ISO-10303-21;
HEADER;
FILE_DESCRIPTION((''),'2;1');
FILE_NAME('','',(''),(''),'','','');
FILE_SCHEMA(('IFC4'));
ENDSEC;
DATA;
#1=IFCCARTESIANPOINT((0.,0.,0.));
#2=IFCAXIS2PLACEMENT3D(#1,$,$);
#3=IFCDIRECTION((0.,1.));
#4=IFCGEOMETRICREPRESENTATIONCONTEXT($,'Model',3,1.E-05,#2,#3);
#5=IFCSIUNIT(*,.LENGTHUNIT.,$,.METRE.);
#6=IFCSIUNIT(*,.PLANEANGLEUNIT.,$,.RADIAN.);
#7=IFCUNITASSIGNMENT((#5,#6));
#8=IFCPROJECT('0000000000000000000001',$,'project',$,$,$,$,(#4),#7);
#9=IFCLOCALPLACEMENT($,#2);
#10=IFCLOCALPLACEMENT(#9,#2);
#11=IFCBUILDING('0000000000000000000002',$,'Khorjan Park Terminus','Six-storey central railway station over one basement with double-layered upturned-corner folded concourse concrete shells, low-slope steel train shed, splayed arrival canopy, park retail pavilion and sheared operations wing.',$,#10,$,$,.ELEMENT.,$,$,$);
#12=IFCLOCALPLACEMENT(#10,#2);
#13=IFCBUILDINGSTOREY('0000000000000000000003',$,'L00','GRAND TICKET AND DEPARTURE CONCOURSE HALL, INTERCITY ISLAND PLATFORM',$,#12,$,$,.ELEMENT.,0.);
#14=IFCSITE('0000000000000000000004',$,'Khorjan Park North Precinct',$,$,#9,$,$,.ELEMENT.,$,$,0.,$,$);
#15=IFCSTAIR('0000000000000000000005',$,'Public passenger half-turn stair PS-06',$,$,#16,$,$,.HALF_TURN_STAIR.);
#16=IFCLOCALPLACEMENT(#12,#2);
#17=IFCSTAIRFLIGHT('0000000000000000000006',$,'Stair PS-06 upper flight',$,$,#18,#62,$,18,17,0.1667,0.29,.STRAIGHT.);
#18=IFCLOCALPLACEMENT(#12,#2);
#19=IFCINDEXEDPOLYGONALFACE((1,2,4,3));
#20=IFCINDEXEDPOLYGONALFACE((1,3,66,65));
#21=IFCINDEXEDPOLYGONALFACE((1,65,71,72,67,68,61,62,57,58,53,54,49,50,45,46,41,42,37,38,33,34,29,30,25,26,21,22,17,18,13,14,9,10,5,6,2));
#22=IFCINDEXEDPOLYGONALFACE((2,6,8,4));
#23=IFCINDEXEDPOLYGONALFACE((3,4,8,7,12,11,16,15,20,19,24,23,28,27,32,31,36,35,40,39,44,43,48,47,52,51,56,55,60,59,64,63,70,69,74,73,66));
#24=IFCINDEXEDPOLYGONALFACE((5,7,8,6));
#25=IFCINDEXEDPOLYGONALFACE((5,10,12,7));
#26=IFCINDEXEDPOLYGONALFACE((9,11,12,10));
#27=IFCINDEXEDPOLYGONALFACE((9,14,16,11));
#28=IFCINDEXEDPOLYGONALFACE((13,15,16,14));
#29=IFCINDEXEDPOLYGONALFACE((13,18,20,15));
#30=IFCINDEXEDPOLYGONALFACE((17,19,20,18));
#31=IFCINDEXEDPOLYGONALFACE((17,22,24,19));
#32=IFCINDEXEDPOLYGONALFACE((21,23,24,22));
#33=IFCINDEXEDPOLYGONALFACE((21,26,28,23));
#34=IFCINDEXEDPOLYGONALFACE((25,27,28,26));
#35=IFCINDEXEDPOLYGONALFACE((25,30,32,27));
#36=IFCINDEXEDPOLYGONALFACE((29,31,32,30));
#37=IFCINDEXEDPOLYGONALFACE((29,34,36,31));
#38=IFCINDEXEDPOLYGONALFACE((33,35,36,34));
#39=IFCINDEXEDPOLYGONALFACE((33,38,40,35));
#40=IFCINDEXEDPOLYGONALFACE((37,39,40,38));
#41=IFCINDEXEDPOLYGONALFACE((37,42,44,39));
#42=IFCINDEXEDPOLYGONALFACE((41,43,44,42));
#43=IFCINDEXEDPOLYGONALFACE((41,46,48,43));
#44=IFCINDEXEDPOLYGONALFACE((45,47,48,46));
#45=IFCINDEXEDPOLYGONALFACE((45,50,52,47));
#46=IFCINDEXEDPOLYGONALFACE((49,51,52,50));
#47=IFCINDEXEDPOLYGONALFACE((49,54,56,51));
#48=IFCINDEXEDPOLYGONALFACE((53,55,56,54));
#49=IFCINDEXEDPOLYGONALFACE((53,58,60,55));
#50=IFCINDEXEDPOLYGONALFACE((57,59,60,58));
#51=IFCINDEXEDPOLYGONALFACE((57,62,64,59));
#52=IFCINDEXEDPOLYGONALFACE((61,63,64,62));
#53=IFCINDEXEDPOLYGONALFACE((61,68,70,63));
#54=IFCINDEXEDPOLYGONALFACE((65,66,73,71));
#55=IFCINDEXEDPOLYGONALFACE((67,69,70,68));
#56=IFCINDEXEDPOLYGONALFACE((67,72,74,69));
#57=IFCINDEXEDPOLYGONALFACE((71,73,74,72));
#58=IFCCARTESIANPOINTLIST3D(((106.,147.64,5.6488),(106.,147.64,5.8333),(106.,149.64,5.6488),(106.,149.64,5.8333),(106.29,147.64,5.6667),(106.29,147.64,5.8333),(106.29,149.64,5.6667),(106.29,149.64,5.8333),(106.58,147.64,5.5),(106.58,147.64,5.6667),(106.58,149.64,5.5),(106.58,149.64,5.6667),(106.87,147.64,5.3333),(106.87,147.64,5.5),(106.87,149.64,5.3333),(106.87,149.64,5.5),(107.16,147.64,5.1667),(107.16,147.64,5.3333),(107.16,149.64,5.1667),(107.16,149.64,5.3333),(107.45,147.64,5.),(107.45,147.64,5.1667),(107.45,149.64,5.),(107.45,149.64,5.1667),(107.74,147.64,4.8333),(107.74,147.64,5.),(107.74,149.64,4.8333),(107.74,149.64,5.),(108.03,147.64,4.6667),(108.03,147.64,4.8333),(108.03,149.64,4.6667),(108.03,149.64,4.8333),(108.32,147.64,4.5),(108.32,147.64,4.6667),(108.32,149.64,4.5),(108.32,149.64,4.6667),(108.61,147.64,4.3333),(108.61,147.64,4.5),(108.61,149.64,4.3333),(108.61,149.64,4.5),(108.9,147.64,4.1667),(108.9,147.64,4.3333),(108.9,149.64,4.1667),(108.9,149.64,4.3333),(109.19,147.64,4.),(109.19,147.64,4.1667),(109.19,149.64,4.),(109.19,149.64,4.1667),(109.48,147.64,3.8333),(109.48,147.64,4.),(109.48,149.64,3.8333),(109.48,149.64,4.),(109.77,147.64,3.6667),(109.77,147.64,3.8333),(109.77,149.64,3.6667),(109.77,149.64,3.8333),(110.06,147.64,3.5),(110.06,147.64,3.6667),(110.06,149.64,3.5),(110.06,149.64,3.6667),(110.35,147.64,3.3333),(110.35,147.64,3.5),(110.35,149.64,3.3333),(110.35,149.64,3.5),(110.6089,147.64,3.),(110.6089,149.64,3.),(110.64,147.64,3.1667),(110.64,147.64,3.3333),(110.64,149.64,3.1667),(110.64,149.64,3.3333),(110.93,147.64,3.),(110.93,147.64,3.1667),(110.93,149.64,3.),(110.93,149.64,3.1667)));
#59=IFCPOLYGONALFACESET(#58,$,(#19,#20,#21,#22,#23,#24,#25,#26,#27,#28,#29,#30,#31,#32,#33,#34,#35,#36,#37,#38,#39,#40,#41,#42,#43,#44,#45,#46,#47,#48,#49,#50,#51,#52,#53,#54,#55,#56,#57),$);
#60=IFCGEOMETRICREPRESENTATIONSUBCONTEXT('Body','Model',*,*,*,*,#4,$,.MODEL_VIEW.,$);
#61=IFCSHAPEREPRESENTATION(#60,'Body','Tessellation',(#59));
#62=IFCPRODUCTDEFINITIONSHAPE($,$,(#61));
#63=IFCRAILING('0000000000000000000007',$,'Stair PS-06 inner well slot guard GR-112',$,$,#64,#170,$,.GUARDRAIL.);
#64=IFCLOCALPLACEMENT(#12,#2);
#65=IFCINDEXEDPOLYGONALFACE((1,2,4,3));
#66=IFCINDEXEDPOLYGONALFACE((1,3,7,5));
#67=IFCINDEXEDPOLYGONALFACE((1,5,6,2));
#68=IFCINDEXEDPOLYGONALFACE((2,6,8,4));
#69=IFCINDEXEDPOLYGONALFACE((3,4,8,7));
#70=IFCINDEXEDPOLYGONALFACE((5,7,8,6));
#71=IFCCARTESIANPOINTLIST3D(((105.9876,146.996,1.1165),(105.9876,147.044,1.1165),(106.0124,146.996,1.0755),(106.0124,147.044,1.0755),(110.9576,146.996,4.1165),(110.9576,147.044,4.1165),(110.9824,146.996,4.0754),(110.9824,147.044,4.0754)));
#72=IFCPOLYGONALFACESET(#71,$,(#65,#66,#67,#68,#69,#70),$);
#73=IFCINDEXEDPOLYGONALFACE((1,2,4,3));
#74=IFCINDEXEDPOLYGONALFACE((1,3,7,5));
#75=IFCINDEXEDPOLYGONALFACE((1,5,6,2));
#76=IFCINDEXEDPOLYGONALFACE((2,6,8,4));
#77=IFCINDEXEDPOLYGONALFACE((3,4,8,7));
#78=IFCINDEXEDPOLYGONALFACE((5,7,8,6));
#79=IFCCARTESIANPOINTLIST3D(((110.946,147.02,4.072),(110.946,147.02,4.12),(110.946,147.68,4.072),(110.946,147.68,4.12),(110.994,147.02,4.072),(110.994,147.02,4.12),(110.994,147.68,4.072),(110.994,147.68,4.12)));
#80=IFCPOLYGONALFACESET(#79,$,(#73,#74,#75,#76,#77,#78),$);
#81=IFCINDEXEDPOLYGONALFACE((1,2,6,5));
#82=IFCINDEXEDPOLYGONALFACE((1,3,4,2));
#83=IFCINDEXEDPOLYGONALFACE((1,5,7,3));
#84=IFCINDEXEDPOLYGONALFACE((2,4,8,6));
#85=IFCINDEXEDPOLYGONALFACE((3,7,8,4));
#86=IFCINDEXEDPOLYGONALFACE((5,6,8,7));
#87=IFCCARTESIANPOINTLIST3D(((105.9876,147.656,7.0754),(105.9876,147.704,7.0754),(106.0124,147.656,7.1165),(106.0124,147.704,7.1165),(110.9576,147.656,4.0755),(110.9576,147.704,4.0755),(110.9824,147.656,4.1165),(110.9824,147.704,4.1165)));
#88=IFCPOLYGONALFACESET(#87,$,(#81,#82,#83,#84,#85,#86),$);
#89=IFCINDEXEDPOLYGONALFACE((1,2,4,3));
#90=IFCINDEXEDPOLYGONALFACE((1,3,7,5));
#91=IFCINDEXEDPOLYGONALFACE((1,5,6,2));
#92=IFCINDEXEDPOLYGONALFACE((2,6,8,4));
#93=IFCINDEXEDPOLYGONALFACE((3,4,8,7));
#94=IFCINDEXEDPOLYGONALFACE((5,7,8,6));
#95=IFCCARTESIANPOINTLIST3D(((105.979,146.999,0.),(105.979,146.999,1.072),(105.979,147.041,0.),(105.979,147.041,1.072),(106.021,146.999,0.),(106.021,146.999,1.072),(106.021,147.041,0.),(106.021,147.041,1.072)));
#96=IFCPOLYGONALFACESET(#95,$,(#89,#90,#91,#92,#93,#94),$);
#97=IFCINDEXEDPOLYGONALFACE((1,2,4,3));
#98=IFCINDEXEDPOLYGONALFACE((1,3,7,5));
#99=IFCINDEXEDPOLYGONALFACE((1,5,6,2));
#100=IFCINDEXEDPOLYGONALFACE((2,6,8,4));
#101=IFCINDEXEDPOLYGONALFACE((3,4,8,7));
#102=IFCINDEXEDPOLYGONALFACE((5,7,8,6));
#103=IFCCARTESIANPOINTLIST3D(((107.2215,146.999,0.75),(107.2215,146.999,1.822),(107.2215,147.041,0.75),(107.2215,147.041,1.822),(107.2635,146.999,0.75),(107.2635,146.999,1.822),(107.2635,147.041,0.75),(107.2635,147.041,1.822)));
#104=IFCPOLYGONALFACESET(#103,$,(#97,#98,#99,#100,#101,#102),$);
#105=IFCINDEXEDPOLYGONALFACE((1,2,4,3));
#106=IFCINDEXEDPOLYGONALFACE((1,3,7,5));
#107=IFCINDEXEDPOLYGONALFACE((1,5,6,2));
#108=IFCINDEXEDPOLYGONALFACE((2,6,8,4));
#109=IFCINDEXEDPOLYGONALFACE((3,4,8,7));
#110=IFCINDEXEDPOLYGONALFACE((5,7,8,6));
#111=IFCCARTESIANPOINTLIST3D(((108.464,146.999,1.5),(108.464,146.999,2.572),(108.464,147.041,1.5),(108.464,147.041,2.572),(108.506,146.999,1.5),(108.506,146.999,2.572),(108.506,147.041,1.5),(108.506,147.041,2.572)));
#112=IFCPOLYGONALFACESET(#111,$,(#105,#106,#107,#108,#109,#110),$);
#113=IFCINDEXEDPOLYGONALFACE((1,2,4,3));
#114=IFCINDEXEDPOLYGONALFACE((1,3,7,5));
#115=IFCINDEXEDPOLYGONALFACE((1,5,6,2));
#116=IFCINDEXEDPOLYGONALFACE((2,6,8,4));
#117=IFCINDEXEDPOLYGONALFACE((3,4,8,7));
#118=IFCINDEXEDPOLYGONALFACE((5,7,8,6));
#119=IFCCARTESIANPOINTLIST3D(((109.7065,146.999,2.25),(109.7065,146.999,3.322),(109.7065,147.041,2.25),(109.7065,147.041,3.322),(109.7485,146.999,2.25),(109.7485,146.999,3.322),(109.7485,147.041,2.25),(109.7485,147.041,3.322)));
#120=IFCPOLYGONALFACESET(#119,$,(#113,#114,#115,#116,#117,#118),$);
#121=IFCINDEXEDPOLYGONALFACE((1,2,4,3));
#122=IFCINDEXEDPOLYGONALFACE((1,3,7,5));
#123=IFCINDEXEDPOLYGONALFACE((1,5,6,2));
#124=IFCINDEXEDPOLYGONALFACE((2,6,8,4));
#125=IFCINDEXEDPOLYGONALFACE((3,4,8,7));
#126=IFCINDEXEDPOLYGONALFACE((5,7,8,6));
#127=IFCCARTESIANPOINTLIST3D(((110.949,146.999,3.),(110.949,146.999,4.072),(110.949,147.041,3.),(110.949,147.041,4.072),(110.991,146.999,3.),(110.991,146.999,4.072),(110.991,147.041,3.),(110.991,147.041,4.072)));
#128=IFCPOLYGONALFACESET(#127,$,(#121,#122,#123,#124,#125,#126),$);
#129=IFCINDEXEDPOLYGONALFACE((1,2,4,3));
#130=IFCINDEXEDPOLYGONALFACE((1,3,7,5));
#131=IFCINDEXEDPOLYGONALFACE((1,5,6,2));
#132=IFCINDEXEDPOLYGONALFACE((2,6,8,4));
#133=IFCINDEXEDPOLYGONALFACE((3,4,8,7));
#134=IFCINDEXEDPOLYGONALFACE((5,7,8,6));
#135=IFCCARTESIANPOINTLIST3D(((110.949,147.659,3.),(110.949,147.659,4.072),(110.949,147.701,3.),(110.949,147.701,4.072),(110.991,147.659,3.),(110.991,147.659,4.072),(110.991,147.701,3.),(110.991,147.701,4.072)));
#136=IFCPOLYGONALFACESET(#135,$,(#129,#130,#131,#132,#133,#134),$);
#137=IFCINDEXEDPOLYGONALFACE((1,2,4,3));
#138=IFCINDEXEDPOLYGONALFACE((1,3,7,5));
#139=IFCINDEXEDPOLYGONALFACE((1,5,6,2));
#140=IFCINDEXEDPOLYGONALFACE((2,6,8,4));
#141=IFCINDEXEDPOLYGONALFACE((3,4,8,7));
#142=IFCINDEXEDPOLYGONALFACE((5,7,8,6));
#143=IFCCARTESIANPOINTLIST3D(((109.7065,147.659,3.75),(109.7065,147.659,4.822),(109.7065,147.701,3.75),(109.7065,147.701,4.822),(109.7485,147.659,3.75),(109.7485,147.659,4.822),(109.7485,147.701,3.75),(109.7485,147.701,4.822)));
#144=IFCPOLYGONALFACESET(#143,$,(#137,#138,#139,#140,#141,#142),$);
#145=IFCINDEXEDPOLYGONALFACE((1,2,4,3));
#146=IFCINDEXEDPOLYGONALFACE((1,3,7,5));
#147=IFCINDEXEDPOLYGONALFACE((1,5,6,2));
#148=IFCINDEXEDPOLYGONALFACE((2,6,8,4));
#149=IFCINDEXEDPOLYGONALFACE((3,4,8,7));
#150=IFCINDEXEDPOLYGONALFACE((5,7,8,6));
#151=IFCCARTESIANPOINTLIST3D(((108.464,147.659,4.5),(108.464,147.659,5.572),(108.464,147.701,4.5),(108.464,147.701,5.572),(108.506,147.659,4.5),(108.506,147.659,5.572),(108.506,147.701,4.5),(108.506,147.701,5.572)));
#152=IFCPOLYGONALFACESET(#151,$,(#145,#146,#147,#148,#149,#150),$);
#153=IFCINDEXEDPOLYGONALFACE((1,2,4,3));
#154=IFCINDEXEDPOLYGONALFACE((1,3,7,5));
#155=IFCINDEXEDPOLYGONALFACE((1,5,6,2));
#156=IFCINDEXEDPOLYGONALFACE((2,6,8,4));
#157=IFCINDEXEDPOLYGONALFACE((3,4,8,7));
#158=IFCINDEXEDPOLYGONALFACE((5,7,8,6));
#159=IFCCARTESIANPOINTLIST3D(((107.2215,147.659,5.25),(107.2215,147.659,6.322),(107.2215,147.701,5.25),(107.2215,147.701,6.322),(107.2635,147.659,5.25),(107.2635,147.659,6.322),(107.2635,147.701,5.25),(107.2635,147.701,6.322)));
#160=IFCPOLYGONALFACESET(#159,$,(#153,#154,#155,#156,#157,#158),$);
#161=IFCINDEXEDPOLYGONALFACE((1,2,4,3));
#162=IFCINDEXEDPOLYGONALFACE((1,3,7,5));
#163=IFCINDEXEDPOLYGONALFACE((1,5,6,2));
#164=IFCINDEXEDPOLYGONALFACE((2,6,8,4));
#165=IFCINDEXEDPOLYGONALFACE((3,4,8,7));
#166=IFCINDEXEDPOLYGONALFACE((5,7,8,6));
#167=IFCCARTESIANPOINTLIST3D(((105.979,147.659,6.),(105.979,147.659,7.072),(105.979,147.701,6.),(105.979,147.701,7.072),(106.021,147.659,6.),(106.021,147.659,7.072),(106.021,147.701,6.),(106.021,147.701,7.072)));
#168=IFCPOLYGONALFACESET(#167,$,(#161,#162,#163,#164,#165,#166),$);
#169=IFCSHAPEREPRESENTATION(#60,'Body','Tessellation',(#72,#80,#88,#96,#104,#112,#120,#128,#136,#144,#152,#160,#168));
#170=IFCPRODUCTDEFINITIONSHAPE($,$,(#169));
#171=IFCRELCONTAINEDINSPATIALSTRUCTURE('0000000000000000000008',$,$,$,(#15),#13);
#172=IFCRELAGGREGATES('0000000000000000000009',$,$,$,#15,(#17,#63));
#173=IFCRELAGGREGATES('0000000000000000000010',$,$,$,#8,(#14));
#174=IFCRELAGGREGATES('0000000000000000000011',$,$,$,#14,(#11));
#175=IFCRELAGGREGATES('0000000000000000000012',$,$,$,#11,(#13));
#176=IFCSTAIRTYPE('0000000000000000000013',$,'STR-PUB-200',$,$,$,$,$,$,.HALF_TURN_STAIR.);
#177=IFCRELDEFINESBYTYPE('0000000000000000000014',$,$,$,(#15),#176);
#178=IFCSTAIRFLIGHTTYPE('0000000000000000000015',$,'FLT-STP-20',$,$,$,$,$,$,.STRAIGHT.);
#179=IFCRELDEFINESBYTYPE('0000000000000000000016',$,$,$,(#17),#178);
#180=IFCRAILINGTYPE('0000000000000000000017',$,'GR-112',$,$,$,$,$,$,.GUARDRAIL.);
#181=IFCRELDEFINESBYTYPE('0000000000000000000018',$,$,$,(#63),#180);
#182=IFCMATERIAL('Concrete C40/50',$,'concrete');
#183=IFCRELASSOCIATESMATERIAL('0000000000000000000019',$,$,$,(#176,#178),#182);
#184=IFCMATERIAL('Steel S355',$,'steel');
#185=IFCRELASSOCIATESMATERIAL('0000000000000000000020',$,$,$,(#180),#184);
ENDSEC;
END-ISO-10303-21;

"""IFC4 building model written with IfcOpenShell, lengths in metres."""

from ifc_helpers import new_model, si_unit, direction, frame, origin, origin_2d, place, context, subcontext, project, spatial, polyline, rectangle, outline, extrude, material, type_object, element, aggregate, save


model = new_model("IFC4")

# Units and contexts
model_context = context("Model", 3, precision=1e-05, world=origin(), true_north=direction((0.0, 1.0)))
body_context = subcontext(model_context, "Body", "Model", "MODEL_VIEW")
ifc_project = project(units=[si_unit("LENGTHUNIT", "METRE"), si_unit("PLANEANGLEUNIT", "RADIAN")], contexts=[model_context])

# Site, building, storey
site_placement = place(None, origin())
site = spatial("IfcSite", under=ifc_project, at=site_placement, Name="Khorjan Park North Precinct", CompositionType="ELEMENT", RefElevation=0.0)
building_placement = place(site_placement, origin())
building = spatial("IfcBuilding", under=site, at=building_placement, Name="Khorjan Park Terminus", Description="Six-storey central railway station over one basement with double-layered upturned-corner folded concourse concrete shells, low-slope steel train shed, splayed arrival canopy, park retail pavilion and sheared operations wing.", CompositionType="ELEMENT")
storey_placement = place(building_placement, origin())
storey = spatial("IfcBuildingStorey", under=building, at=storey_placement, Name="L00", Description="GRAND TICKET AND DEPARTURE CONCOURSE HALL, INTERCITY ISLAND PLATFORM", CompositionType="ELEMENT", Elevation=0.0)

# Shared definitions
ifc_material_1 = material(Name="Steel S355", Category="steel")
ifc_material_2 = material(Name="Concrete C40/50", Category="concrete")

# Stair, stair flight, railing
stair_type = type_object("IfcStairType", Name="STR-PUB-200", PredefinedType="HALF_TURN_STAIR", material=ifc_material_2)
stair_placement = place(storey_placement, origin())
stair = element("IfcStair", 1, at=stair_placement, inside=storey, type_object=stair_type, Name="Public passenger half-turn stair PS-06", PredefinedType="HALF_TURN_STAIR")
stair_flight_type = type_object("IfcStairFlightType", Name="FLT-STP-20", PredefinedType="STRAIGHT", material=ifc_material_2)
stair_flight_1_placement = place(storey_placement, frame((110.93, 148.64, 3.0), z_axis=(0.0, 0.0, 1.0), x_axis=(-1.0, 0.0, 0.0)))
stair_flight_1 = element("IfcStairFlight", 2, at=stair_flight_1_placement, type_object=stair_flight_type, Name="Stair PS-06 upper flight", NumberOfRisers=18, NumberOfTreads=17, PredefinedType="STRAIGHT", RiserHeight=0.1667, TreadLength=0.29, context=body_context, shape_type="SweptSolid", body=[
    extrude(outline(polyline([(0.0, 0.0), (0.0, 0.1667), (0.29, 0.1667), (0.29, 0.3333), (0.58, 0.3333), (0.58, 0.5), (0.87, 0.5), (0.87, 0.6667), (1.16, 0.6667), (1.16, 0.8333), (1.45, 0.8333), (1.45, 1.0), (1.74, 1.0), (1.74, 1.1667), (2.03, 1.1667), (2.03, 1.3333), (2.32, 1.3333), (2.32, 1.5), (2.61, 1.5), (2.61, 1.6667), (2.9, 1.6667), (2.9, 1.8333), (3.19, 1.8333), (3.19, 2.0), (3.48, 2.0), (3.48, 2.1667), (3.77, 2.1667), (3.77, 2.3333), (4.06, 2.3333), (4.06, 2.5), (4.35, 2.5), (4.35, 2.6667), (4.64, 2.6667), (4.64, 2.8333), (4.93, 2.8333), (4.93, 3.0), (4.93, 2.6488), (0.3211, 0.0), (0.0, 0.0)])), frame((0.0, 1.0, 0.0), z_axis=(0.0, -1.0, 0.0), x_axis=(1.0, 0.0, 0.0)), (0.0, 0.0, 1.0), 2.0),
])
railing_type_1 = type_object("IfcRailingType", Name="GR-112", PredefinedType="GUARDRAIL", material=ifc_material_1)
railing_1_placement = place(storey_placement, frame((106.0, 147.02, 0.0)))
railing_1 = element("IfcRailing", 3, at=railing_1_placement, type_object=railing_type_1, Name="Stair PS-06 inner well slot guard GR-112", PredefinedType="GUARDRAIL", context=body_context, shape_type="SweptSolid", body=[
    extrude(rectangle(XDim=0.048, YDim=0.048, at=origin_2d()), frame((0.0, 0.0, 1.096), z_axis=(0.856122, 0.0, 0.516774), x_axis=(0.0, 1.0, 0.0)), (0.0, 0.0, 1.0), 5.8052),
    extrude(rectangle(XDim=0.048, YDim=0.048, at=origin_2d()), frame((4.97, 0.0, 4.096), z_axis=(0.0, 1.0, 0.0), x_axis=(-1.0, 0.0, 0.0)), (0.0, 0.0, 1.0), 0.66),
    extrude(rectangle(XDim=0.048, YDim=0.048, at=origin_2d()), frame((4.97, 0.66, 4.096), z_axis=(-0.856122, 0.0, 0.516774), x_axis=(0.0, -1.0, 0.0)), (0.0, 0.0, 1.0), 5.8052),
    extrude(rectangle(XDim=0.042, YDim=0.042, at=origin_2d()), origin(), (0.0, 0.0, 1.0), 1.072),
    extrude(rectangle(XDim=0.042, YDim=0.042, at=origin_2d()), frame((1.2425, 0.0, 0.75)), (0.0, 0.0, 1.0), 1.072),
    extrude(rectangle(XDim=0.042, YDim=0.042, at=origin_2d()), frame((2.485, 0.0, 1.5)), (0.0, 0.0, 1.0), 1.072),
    extrude(rectangle(XDim=0.042, YDim=0.042, at=origin_2d()), frame((3.7275, 0.0, 2.25)), (0.0, 0.0, 1.0), 1.072),
    extrude(rectangle(XDim=0.042, YDim=0.042, at=origin_2d()), frame((4.97, 0.0, 3.0)), (0.0, 0.0, 1.0), 1.072),
    extrude(rectangle(XDim=0.042, YDim=0.042, at=origin_2d()), frame((4.97, 0.66, 3.0)), (0.0, 0.0, 1.0), 1.072),
    extrude(rectangle(XDim=0.042, YDim=0.042, at=origin_2d()), frame((3.7275, 0.66, 3.75)), (0.0, 0.0, 1.0), 1.072),
    extrude(rectangle(XDim=0.042, YDim=0.042, at=origin_2d()), frame((2.485, 0.66, 4.5)), (0.0, 0.0, 1.0), 1.072),
    extrude(rectangle(XDim=0.042, YDim=0.042, at=origin_2d()), frame((1.2425, 0.66, 5.25)), (0.0, 0.0, 1.0), 1.072),
    extrude(rectangle(XDim=0.042, YDim=0.042, at=origin_2d()), frame((0.0, 0.66, 6.0)), (0.0, 0.0, 1.0), 1.072),
])
aggregate(stair, [stair_flight_1, railing_1])

save(model, "model.ifc")
